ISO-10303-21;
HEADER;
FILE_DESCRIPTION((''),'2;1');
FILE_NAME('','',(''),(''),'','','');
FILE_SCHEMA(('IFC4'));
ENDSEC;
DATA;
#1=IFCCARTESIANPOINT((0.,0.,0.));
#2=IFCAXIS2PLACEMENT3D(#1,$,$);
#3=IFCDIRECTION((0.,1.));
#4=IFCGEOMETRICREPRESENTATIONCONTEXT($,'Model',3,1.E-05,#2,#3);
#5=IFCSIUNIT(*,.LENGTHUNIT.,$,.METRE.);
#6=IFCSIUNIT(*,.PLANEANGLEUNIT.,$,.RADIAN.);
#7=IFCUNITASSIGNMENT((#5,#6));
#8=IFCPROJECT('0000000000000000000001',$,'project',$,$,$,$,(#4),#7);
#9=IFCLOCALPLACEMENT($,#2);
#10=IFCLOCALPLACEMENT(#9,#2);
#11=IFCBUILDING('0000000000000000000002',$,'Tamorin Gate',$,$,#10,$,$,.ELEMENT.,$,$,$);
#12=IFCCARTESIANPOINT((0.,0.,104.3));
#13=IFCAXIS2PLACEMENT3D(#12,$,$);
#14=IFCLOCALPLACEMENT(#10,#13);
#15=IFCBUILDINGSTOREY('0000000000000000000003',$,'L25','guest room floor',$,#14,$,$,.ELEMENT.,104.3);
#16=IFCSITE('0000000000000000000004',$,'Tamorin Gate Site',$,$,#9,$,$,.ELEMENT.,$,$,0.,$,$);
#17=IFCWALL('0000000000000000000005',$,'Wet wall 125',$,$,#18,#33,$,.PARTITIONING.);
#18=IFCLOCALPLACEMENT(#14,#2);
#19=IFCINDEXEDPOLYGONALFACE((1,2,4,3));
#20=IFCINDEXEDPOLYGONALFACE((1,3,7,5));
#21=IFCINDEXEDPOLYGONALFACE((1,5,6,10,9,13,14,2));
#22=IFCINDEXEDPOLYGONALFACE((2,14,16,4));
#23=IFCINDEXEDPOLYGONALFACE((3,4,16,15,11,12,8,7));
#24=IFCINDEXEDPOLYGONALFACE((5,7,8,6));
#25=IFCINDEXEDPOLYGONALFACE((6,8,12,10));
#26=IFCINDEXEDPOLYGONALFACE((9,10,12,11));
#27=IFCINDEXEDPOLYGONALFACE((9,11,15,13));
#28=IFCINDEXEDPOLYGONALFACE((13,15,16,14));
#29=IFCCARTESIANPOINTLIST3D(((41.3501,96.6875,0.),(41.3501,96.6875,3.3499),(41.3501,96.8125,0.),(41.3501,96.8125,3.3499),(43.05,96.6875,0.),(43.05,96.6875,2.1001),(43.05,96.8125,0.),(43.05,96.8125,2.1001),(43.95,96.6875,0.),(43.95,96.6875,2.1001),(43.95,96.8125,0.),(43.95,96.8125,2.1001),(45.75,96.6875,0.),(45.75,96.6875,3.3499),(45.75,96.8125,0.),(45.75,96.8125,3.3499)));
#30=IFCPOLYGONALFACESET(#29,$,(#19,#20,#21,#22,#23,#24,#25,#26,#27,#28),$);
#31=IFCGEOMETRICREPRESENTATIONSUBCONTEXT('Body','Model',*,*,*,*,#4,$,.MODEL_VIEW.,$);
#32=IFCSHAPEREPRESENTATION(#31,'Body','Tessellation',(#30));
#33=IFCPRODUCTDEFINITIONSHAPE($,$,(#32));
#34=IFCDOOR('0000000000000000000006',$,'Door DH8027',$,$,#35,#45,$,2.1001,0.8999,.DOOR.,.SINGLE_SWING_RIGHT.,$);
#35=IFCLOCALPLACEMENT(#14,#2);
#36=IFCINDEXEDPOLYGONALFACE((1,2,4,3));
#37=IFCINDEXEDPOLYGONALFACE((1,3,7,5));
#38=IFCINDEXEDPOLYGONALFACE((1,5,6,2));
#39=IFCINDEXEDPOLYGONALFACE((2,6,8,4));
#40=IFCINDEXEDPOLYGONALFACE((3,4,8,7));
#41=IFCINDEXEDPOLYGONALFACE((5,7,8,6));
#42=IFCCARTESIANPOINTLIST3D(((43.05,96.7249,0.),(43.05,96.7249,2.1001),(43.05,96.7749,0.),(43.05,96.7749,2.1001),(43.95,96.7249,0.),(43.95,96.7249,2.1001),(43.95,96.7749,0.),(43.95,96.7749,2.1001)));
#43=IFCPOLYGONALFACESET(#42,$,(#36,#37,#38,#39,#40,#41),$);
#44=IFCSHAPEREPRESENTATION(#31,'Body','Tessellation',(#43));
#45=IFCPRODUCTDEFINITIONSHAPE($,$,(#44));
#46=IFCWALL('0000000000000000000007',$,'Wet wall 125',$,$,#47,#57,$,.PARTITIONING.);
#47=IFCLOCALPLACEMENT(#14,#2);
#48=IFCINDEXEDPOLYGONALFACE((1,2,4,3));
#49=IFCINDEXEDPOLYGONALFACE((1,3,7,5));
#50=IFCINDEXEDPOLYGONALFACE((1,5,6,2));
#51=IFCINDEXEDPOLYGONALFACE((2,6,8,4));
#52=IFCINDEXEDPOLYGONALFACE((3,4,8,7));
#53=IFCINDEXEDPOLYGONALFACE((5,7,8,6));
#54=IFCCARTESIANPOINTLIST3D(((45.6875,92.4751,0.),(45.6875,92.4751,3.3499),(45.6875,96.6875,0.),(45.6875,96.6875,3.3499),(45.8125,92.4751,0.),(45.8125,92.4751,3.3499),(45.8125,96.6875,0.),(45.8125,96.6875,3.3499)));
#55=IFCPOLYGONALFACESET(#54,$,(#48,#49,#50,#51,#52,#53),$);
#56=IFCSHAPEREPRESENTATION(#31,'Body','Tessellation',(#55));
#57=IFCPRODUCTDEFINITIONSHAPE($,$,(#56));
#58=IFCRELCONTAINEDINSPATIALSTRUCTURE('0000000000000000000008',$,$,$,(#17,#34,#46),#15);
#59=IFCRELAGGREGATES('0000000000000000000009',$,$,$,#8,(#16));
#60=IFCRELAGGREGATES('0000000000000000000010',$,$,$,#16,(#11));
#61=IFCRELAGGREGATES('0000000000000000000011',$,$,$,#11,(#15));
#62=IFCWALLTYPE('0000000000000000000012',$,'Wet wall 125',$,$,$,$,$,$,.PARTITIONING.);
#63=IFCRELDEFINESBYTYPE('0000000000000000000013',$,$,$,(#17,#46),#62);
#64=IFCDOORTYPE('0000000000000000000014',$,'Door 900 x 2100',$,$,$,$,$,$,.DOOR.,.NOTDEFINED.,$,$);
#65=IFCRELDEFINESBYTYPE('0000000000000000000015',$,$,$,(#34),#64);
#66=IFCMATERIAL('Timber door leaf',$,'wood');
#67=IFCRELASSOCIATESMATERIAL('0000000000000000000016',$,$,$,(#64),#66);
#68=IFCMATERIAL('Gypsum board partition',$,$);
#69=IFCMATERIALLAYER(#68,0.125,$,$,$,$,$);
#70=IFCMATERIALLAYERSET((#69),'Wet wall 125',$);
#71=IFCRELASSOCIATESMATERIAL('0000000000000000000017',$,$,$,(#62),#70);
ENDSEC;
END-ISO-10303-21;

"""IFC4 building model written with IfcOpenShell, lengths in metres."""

from ifc_helpers import new_model, si_unit, direction, frame, frame_2d, origin, place, context, subcontext, project, spatial, rectangle, extrude, material, layer, layer_set, type_object, element, fill, save


model = new_model("IFC4")

# Units and contexts
model_context = context("Model", 3, precision=1e-05, world=origin(), true_north=direction((0.0, 1.0)))
body_context = subcontext(model_context, "Body", "Model", "MODEL_VIEW")
ifc_project = project(units=[si_unit("LENGTHUNIT", "METRE"), si_unit("PLANEANGLEUNIT", "RADIAN")], contexts=[model_context])

# Site, building, storey
site_placement = place(None, origin())
site = spatial("IfcSite", under=ifc_project, at=site_placement, Name="Tamorin Gate Site", CompositionType="ELEMENT", RefElevation=0.0)
building_placement = place(site_placement, origin())
building = spatial("IfcBuilding", under=site, at=building_placement, Name="Tamorin Gate", CompositionType="ELEMENT")
storey_placement = place(building_placement, frame((0.0, 0.0, 104.3)))
storey = spatial("IfcBuildingStorey", under=building, at=storey_placement, Name="L25", Description="guest room floor", CompositionType="ELEMENT", Elevation=104.3)

# Shared definitions
ifc_material_1 = material(Name="Gypsum board partition")

# Wall, opening, door
ifc_material_2 = material(Name="Timber door leaf", Category="wood")
door_type = type_object("IfcDoorType", Name="Door 900 x 2100", OperationType="NOTDEFINED", PredefinedType="DOOR", material=ifc_material_2)
ifc_layer_1 = layer(ifc_material_1, 0.125)
ifc_layer_set_1 = layer_set([ifc_layer_1], Name="Wet wall 125")
wall_type_1 = type_object("IfcWallType", Name="Wet wall 125", PredefinedType="PARTITIONING", material=ifc_layer_set_1)
wall_1_placement = place(storey_placement, frame((41.3501, 96.75, 0.0), z_axis=(0.0, 0.0, 1.0), x_axis=(1.0, 0.0, 0.0)))
wall_1 = element("IfcWall", 1, at=wall_1_placement, inside=storey, type_object=wall_type_1, Name="Wet wall 125", PredefinedType="PARTITIONING", context=body_context, shape_type="SweptSolid", body=[
    extrude(rectangle(XDim=4.3999, YDim=0.125, at=frame_2d((2.2, 0.0))), origin(), (0.0, 0.0, 1.0), 3.3499),
])
opening_1_placement = place(wall_1_placement, frame((1.7, 0.0, 0.0)))
opening_1 = element("IfcOpeningElement", 2, at=opening_1_placement, cuts=wall_1, PredefinedType="OPENING", context=body_context, shape_type="SweptSolid", body=[
    extrude(rectangle(XDim=0.8999, YDim=2.1001, at=frame_2d((0.45, 1.05))), frame((0.0, 0.0725, 0.0), z_axis=(0.0, -1.0, 0.0), x_axis=(1.0, 0.0, 0.0)), (0.0, 0.0, 1.0), 0.145),
])
door_1_placement = place(opening_1_placement, origin())
door_1 = element("IfcDoor", 3, at=door_1_placement, inside=storey, type_object=door_type, Name="Door DH8027", OperationType="SINGLE_SWING_RIGHT", OverallHeight=2.1001, OverallWidth=0.8999, PredefinedType="DOOR", context=body_context, shape_type="SweptSolid", body=[
    extrude(rectangle(XDim=0.8999, YDim=2.1001, at=frame_2d((0.45, 1.05))), frame((0.0, 0.0249, 0.0), z_axis=(0.0, -1.0, 0.0), x_axis=(1.0, 0.0, 0.0)), (0.0, 0.0, 1.0), 0.05),
])
fill(opening_1, door_1)

# Wall
wall_2_placement = place(storey_placement, frame((45.75, 92.4751, 0.0), z_axis=(0.0, 0.0, 1.0), x_axis=(0.0, 1.0, 0.0)))
element("IfcWall", 4, at=wall_2_placement, inside=storey, type_object=wall_type_1, Name="Wet wall 125", PredefinedType="PARTITIONING", context=body_context, shape_type="SweptSolid", body=[
    extrude(rectangle(XDim=4.2124, YDim=0.125, at=frame_2d((2.1062, 0.0))), origin(), (0.0, 0.0, 1.0), 3.3499),
])

save(model, "model.ifc")
